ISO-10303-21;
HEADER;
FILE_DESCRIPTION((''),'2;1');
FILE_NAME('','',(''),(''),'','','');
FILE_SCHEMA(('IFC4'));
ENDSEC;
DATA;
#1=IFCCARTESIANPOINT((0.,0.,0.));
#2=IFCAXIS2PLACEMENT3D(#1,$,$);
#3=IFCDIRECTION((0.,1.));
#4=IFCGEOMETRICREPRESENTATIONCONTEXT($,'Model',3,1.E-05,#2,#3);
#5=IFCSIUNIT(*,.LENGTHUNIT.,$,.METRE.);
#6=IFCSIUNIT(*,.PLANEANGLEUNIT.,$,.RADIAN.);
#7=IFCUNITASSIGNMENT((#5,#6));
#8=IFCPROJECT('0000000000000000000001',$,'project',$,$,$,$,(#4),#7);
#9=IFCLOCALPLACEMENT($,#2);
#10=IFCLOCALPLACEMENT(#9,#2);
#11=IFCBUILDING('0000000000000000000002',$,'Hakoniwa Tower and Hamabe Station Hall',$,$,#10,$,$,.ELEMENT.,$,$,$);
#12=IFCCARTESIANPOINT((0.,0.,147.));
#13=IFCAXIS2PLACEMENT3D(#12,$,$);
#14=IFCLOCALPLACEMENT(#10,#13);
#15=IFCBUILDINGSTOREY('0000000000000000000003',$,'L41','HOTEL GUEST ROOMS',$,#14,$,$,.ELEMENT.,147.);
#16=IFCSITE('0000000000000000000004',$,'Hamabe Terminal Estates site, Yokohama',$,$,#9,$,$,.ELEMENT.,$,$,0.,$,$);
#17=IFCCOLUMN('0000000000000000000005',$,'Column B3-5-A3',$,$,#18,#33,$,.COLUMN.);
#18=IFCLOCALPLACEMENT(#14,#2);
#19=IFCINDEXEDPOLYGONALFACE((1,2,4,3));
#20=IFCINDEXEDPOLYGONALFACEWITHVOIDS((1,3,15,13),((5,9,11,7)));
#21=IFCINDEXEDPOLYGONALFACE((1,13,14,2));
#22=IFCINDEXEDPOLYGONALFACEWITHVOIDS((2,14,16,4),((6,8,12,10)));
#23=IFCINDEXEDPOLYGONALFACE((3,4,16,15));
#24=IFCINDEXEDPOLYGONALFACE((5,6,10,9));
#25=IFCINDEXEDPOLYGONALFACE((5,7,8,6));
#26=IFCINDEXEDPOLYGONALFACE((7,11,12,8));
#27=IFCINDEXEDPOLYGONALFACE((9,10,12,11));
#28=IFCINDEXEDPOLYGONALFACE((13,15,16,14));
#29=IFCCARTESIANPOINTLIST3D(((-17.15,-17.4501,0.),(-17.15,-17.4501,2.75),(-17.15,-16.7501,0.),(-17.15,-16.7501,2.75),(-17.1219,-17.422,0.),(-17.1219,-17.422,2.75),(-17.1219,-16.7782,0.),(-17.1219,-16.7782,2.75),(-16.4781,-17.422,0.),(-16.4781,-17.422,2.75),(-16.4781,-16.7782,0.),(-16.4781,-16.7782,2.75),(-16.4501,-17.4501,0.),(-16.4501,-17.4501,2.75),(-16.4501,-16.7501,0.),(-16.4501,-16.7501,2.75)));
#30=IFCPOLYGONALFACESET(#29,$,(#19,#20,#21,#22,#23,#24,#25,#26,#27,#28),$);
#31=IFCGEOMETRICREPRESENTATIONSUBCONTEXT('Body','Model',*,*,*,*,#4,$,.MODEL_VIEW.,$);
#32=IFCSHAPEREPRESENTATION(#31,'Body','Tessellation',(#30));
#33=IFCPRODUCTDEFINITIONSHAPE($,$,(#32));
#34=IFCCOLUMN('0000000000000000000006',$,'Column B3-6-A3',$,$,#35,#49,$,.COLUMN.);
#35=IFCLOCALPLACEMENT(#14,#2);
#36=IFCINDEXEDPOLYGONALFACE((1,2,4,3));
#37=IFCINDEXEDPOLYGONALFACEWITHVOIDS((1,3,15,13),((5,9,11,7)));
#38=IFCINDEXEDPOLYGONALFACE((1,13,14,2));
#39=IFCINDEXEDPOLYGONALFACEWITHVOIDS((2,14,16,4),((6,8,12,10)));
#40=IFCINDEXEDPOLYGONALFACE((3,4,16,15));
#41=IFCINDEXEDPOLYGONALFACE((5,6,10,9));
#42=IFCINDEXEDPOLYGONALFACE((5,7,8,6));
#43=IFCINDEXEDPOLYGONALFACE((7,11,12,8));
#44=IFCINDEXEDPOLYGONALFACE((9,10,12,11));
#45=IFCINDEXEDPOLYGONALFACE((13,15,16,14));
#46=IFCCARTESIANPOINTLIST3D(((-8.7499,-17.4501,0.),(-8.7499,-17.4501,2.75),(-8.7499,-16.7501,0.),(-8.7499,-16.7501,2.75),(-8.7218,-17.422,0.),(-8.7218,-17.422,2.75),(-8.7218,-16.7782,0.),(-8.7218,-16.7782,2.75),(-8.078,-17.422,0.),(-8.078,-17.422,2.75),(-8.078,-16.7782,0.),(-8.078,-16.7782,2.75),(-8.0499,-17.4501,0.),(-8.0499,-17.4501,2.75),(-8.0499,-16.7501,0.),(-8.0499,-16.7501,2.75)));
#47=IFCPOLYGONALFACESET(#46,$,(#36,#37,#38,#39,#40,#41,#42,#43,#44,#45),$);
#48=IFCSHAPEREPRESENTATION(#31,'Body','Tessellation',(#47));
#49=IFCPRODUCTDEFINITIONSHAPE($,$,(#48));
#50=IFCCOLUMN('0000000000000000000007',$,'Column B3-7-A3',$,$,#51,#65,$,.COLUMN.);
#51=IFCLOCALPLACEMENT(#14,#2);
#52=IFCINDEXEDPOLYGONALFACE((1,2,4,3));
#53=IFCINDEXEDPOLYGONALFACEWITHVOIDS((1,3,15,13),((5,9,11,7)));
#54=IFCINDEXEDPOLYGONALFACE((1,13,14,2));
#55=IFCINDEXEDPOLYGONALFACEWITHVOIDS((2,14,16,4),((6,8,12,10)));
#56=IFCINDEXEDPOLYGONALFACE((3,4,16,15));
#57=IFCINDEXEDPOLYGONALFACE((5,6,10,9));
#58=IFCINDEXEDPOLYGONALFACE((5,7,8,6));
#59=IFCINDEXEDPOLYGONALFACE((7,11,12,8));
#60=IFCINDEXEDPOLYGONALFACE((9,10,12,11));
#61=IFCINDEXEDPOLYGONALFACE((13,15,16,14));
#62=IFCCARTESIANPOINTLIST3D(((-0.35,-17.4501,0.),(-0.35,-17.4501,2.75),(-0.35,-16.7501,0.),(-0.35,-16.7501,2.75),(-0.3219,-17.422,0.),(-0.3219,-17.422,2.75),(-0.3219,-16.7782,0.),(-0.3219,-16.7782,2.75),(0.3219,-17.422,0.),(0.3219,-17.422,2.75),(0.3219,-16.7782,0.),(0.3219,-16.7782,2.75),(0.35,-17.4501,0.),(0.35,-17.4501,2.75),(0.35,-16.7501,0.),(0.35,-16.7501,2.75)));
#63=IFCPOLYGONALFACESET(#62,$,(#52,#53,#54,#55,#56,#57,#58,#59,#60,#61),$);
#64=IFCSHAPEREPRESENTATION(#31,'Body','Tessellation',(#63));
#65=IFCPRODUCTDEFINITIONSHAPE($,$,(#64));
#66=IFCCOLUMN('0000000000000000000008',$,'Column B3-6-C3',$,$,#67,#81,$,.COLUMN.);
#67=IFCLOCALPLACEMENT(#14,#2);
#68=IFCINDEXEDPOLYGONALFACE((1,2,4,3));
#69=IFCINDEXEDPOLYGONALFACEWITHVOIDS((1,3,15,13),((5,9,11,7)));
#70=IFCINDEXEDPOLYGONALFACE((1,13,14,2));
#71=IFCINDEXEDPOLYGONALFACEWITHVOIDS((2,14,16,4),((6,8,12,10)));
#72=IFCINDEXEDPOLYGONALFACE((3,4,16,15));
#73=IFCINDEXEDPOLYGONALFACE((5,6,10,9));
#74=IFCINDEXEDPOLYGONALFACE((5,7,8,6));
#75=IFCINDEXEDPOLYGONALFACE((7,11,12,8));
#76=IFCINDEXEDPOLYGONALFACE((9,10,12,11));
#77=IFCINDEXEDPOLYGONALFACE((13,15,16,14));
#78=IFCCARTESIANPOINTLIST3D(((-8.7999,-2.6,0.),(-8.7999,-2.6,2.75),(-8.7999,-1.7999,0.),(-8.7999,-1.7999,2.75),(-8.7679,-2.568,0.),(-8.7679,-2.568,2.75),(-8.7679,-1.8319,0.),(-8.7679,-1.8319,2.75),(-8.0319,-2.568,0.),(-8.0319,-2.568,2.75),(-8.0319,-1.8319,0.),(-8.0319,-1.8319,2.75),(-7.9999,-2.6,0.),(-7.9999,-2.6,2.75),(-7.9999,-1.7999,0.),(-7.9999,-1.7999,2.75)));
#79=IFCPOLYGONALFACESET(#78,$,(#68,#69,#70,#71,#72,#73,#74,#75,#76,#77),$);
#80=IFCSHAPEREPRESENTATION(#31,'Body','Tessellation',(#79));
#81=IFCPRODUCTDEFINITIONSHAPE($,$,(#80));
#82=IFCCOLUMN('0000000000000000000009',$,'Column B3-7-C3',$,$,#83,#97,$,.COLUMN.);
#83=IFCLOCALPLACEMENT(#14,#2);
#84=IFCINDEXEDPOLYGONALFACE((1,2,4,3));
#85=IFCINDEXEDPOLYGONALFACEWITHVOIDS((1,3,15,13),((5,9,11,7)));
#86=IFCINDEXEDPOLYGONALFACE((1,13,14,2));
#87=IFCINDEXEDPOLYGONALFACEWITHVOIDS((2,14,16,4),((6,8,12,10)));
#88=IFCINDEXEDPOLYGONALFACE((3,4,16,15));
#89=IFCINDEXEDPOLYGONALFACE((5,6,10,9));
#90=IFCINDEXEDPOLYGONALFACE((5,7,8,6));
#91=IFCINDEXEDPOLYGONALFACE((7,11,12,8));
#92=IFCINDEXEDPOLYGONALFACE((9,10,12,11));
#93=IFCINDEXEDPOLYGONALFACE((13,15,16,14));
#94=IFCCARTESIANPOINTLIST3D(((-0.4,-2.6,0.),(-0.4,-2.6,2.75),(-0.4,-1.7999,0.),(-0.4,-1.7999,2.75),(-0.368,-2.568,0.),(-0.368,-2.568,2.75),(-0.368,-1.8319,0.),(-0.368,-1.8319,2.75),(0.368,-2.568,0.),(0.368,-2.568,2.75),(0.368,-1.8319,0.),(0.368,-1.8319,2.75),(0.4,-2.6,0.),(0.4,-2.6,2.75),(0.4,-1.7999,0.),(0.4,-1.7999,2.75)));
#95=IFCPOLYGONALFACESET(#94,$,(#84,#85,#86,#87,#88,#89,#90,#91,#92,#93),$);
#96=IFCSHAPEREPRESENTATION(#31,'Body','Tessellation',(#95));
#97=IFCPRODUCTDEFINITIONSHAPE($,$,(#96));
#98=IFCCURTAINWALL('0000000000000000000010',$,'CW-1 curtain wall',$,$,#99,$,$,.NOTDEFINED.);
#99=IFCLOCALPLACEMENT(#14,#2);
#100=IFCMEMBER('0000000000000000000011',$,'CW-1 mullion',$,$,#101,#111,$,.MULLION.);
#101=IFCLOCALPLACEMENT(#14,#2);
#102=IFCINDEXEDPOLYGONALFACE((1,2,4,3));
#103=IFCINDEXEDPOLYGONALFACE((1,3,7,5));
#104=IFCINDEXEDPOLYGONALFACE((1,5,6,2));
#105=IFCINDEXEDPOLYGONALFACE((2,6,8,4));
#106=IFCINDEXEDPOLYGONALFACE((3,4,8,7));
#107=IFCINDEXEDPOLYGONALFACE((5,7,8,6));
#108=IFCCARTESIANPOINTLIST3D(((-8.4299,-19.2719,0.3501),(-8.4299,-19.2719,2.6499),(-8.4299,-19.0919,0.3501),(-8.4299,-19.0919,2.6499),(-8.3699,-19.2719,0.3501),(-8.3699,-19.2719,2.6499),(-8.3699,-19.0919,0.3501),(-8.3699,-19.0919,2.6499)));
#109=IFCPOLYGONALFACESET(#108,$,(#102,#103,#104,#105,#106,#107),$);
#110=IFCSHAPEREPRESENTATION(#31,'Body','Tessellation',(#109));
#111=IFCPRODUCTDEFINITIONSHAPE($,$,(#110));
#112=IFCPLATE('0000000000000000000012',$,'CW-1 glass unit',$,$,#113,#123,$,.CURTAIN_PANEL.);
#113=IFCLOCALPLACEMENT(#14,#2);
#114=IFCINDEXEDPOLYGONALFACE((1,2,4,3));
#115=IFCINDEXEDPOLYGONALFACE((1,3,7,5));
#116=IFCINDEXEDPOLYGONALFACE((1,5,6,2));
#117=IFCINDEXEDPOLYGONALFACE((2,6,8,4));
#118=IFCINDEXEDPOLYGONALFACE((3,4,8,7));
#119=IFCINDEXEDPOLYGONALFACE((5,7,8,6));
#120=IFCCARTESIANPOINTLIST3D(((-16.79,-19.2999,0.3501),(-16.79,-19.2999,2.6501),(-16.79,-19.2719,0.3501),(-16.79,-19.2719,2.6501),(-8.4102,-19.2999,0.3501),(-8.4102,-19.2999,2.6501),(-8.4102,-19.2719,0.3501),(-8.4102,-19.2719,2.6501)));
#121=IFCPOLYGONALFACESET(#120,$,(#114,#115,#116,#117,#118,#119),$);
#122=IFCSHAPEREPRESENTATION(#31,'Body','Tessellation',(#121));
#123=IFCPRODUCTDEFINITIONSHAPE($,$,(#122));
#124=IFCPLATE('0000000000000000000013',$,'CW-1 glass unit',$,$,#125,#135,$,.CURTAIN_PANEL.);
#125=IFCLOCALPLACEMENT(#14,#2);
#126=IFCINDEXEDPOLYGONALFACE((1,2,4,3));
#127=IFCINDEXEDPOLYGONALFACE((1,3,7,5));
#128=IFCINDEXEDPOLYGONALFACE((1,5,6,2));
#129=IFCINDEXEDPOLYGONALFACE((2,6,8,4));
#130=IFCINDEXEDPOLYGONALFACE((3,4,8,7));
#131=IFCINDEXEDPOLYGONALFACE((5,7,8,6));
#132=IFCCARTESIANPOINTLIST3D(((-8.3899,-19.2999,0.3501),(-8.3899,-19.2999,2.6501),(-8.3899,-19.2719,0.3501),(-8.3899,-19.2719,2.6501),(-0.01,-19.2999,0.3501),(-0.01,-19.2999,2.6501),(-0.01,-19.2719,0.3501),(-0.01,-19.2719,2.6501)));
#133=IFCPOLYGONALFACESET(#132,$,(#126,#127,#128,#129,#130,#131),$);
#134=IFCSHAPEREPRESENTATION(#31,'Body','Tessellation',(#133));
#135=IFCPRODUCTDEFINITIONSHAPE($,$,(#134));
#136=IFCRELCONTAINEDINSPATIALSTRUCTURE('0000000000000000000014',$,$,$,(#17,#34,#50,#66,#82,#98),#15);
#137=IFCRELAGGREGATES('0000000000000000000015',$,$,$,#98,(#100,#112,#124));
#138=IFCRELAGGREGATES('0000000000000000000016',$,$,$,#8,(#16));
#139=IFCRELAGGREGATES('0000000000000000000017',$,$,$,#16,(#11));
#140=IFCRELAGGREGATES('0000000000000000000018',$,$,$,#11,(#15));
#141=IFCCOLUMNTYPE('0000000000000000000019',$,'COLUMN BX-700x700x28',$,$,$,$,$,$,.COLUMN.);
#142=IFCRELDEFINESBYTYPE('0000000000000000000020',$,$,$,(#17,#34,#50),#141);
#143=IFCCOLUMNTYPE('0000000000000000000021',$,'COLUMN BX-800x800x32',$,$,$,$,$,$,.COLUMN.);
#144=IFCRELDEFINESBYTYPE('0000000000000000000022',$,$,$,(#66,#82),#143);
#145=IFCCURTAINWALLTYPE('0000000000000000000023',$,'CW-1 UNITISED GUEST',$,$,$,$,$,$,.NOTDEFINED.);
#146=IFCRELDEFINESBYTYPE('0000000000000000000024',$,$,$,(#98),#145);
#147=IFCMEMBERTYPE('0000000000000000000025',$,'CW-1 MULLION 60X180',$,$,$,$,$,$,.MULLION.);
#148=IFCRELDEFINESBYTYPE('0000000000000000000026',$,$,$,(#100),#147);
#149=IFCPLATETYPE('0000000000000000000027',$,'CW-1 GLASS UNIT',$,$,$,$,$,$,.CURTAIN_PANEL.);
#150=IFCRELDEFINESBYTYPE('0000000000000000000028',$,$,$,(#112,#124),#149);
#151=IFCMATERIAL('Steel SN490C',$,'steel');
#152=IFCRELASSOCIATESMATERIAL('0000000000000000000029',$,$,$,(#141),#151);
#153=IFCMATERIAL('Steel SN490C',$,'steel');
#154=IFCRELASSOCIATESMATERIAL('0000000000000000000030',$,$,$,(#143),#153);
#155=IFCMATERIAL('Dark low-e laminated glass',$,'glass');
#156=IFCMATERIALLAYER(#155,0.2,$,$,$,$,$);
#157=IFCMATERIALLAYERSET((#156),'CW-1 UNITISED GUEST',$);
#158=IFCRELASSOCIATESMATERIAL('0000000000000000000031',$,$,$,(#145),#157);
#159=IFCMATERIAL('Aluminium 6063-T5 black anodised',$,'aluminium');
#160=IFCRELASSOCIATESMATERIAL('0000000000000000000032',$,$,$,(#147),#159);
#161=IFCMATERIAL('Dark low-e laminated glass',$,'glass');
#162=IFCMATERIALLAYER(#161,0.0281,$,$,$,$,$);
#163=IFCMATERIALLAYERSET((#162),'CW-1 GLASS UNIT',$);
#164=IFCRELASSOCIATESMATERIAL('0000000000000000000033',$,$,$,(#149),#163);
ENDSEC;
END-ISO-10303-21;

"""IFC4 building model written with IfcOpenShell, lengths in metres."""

from ifc_helpers import new_model, si_unit, direction, frame, origin, origin_2d, place, context, subcontext, project, spatial, rectangle, hollow_rectangle, extrude, material, layer, layer_set, material_profile, profile_set, type_object, element, aggregate, save


model = new_model("IFC4")

# Units and contexts
model_context = context("Model", 3, precision=1e-05, world=origin(), true_north=direction((0.0, 1.0)))
body_context = subcontext(model_context, "Body", "Model", "MODEL_VIEW")
ifc_project = project(units=[si_unit("LENGTHUNIT", "METRE"), si_unit("PLANEANGLEUNIT", "RADIAN")], contexts=[model_context])

# Site, building, storey
site_placement = place(None, origin())
site = spatial("IfcSite", under=ifc_project, at=site_placement, Name="Hamabe Terminal Estates site, Yokohama", CompositionType="ELEMENT", RefElevation=0.0)
building_placement = place(site_placement, origin())
building = spatial("IfcBuilding", under=site, at=building_placement, Name="Hakoniwa Tower and Hamabe Station Hall", CompositionType="ELEMENT")
storey_placement = place(building_placement, frame((0.0, 0.0, 147.0)))
storey = spatial("IfcBuildingStorey", under=building, at=storey_placement, Name="L41", Description="HOTEL GUEST ROOMS", CompositionType="ELEMENT", Elevation=147.0)

# Columns
ifc_material_1 = material(Name="Steel SN490C", Category="steel")
ifc_material_profile_1 = material_profile(ifc_material_1, hollow_rectangle(XDim=0.7, YDim=0.7, WallThickness=0.0281, at=origin_2d()), Name="BX-700x700x28")
ifc_profile_set_1 = profile_set([ifc_material_profile_1], Name="Steel SN490C")
column_type_1 = type_object("IfcColumnType", Name="COLUMN BX-700x700x28", PredefinedType="COLUMN", material=ifc_profile_set_1)
for number, where, z_axis, x_axis, name in (
    (1, (-16.8, -17.1001, 0.0), (0.0, 0.0, 1.0), (1.0, 0.0, 0.0), "Column B3-5-A3"),
    (2, (-8.3999, -17.1001, 0.0), (0.0, 0.0, 1.0), (1.0, 0.0, 0.0), "Column B3-6-A3"),
    (3, (0.0, -17.1001, 0.0), (0.0, 0.0, 1.0), (1.0, 0.0, 0.0), "Column B3-7-A3"),
):
    element("IfcColumn", number, at=place(storey_placement, frame(where, z_axis=z_axis, x_axis=x_axis)), inside=storey, type_object=column_type_1, Name=name, PredefinedType="COLUMN", context=body_context, shape_type="SweptSolid", body=[
        extrude(hollow_rectangle(XDim=0.7, YDim=0.7, WallThickness=0.0281, at=origin_2d()), origin(), (0.0, 0.0, 1.0), 2.75),
    ])
ifc_material_2 = material(Name="Steel SN490C", Category="steel")
ifc_material_profile_2 = material_profile(ifc_material_2, hollow_rectangle(XDim=0.8, YDim=0.8, WallThickness=0.032, at=origin_2d()), Name="BX-800x800x32")
ifc_profile_set_2 = profile_set([ifc_material_profile_2], Name="Steel SN490C")
column_type_2 = type_object("IfcColumnType", Name="COLUMN BX-800x800x32", PredefinedType="COLUMN", material=ifc_profile_set_2)
for number, where, z_axis, x_axis, name in (
    (4, (-8.3999, -2.2, 0.0), (0.0, 0.0, 1.0), (1.0, 0.0, 0.0), "Column B3-6-C3"),
    (5, (0.0, -2.2, 0.0), (0.0, 0.0, 1.0), (1.0, 0.0, 0.0), "Column B3-7-C3"),
):
    element("IfcColumn", number, at=place(storey_placement, frame(where, z_axis=z_axis, x_axis=x_axis)), inside=storey, type_object=column_type_2, Name=name, PredefinedType="COLUMN", context=body_context, shape_type="SweptSolid", body=[
        extrude(hollow_rectangle(XDim=0.8, YDim=0.8, WallThickness=0.032, at=origin_2d()), origin(), (0.0, 0.0, 1.0), 2.75),
    ])

# Curtain wall, member, plates
ifc_material_3 = material(Name="Dark low-e laminated glass", Category="glass")
ifc_layer_1 = layer(ifc_material_3, 0.2)
ifc_layer_set_1 = layer_set([ifc_layer_1], Name="CW-1 UNITISED GUEST")
curtain_wall_type = type_object("IfcCurtainWallType", Name="CW-1 UNITISED GUEST", PredefinedType="NOTDEFINED", material=ifc_layer_set_1)
curtain_wall_placement = place(storey_placement, origin())
curtain_wall = element("IfcCurtainWall", 6, at=curtain_wall_placement, inside=storey, type_object=curtain_wall_type, Name="CW-1 curtain wall", PredefinedType="NOTDEFINED")
ifc_material_4 = material(Name="Aluminium 6063-T5 black anodised", Category="aluminium")
ifc_material_profile_3 = material_profile(ifc_material_4, rectangle(XDim=0.0601, YDim=0.1799, at=origin_2d()), Name="CW-1 MULLION 60X180")
ifc_profile_set_3 = profile_set([ifc_material_profile_3], Name="Aluminium 6063-T5 black anodised")
member_type = type_object("IfcMemberType", Name="CW-1 MULLION 60X180", PredefinedType="MULLION", material=ifc_profile_set_3)
member_placement = place(storey_placement, frame((-8.3999, -19.1819, 0.3501), z_axis=(0.0, 0.0, 1.0), x_axis=(1.0, 0.0, 0.0)))
member = element("IfcMember", 7, at=member_placement, type_object=member_type, Name="CW-1 mullion", PredefinedType="MULLION", context=body_context, shape_type="SweptSolid", body=[
    extrude(rectangle(XDim=0.0601, YDim=0.1799, at=origin_2d()), origin(), (0.0, 0.0, 1.0), 2.2998),
])
ifc_material_5 = material(Name="Dark low-e laminated glass", Category="glass")
ifc_layer_2 = layer(ifc_material_5, 0.0281)
ifc_layer_set_2 = layer_set([ifc_layer_2], Name="CW-1 GLASS UNIT")
plate_type = type_object("IfcPlateType", Name="CW-1 GLASS UNIT", PredefinedType="CURTAIN_PANEL", material=ifc_layer_set_2)
plate_1_placement = place(storey_placement, frame((-12.6001, -19.2859, 0.3501), z_axis=(0.0, 0.0, 1.0), x_axis=(1.0, 0.0, 0.0)))
plate_1 = element("IfcPlate", 8, at=plate_1_placement, type_object=plate_type, Name="CW-1 glass unit", PredefinedType="CURTAIN_PANEL", context=body_context, shape_type="SweptSolid", body=[
    extrude(rectangle(XDim=8.3799, YDim=0.0281, at=origin_2d()), origin(), (0.0, 0.0, 1.0), 2.3),
])
plate_2_placement = place(storey_placement, frame((-4.2, -19.2859, 0.3501), z_axis=(0.0, 0.0, 1.0), x_axis=(1.0, 0.0, 0.0)))
plate_2 = element("IfcPlate", 9, at=plate_2_placement, type_object=plate_type, Name="CW-1 glass unit", PredefinedType="CURTAIN_PANEL", context=body_context, shape_type="SweptSolid", body=[
    extrude(rectangle(XDim=8.3799, YDim=0.0281, at=origin_2d()), origin(), (0.0, 0.0, 1.0), 2.3),
])
aggregate(curtain_wall, [member, plate_1, plate_2])

save(model, "model.ifc")
